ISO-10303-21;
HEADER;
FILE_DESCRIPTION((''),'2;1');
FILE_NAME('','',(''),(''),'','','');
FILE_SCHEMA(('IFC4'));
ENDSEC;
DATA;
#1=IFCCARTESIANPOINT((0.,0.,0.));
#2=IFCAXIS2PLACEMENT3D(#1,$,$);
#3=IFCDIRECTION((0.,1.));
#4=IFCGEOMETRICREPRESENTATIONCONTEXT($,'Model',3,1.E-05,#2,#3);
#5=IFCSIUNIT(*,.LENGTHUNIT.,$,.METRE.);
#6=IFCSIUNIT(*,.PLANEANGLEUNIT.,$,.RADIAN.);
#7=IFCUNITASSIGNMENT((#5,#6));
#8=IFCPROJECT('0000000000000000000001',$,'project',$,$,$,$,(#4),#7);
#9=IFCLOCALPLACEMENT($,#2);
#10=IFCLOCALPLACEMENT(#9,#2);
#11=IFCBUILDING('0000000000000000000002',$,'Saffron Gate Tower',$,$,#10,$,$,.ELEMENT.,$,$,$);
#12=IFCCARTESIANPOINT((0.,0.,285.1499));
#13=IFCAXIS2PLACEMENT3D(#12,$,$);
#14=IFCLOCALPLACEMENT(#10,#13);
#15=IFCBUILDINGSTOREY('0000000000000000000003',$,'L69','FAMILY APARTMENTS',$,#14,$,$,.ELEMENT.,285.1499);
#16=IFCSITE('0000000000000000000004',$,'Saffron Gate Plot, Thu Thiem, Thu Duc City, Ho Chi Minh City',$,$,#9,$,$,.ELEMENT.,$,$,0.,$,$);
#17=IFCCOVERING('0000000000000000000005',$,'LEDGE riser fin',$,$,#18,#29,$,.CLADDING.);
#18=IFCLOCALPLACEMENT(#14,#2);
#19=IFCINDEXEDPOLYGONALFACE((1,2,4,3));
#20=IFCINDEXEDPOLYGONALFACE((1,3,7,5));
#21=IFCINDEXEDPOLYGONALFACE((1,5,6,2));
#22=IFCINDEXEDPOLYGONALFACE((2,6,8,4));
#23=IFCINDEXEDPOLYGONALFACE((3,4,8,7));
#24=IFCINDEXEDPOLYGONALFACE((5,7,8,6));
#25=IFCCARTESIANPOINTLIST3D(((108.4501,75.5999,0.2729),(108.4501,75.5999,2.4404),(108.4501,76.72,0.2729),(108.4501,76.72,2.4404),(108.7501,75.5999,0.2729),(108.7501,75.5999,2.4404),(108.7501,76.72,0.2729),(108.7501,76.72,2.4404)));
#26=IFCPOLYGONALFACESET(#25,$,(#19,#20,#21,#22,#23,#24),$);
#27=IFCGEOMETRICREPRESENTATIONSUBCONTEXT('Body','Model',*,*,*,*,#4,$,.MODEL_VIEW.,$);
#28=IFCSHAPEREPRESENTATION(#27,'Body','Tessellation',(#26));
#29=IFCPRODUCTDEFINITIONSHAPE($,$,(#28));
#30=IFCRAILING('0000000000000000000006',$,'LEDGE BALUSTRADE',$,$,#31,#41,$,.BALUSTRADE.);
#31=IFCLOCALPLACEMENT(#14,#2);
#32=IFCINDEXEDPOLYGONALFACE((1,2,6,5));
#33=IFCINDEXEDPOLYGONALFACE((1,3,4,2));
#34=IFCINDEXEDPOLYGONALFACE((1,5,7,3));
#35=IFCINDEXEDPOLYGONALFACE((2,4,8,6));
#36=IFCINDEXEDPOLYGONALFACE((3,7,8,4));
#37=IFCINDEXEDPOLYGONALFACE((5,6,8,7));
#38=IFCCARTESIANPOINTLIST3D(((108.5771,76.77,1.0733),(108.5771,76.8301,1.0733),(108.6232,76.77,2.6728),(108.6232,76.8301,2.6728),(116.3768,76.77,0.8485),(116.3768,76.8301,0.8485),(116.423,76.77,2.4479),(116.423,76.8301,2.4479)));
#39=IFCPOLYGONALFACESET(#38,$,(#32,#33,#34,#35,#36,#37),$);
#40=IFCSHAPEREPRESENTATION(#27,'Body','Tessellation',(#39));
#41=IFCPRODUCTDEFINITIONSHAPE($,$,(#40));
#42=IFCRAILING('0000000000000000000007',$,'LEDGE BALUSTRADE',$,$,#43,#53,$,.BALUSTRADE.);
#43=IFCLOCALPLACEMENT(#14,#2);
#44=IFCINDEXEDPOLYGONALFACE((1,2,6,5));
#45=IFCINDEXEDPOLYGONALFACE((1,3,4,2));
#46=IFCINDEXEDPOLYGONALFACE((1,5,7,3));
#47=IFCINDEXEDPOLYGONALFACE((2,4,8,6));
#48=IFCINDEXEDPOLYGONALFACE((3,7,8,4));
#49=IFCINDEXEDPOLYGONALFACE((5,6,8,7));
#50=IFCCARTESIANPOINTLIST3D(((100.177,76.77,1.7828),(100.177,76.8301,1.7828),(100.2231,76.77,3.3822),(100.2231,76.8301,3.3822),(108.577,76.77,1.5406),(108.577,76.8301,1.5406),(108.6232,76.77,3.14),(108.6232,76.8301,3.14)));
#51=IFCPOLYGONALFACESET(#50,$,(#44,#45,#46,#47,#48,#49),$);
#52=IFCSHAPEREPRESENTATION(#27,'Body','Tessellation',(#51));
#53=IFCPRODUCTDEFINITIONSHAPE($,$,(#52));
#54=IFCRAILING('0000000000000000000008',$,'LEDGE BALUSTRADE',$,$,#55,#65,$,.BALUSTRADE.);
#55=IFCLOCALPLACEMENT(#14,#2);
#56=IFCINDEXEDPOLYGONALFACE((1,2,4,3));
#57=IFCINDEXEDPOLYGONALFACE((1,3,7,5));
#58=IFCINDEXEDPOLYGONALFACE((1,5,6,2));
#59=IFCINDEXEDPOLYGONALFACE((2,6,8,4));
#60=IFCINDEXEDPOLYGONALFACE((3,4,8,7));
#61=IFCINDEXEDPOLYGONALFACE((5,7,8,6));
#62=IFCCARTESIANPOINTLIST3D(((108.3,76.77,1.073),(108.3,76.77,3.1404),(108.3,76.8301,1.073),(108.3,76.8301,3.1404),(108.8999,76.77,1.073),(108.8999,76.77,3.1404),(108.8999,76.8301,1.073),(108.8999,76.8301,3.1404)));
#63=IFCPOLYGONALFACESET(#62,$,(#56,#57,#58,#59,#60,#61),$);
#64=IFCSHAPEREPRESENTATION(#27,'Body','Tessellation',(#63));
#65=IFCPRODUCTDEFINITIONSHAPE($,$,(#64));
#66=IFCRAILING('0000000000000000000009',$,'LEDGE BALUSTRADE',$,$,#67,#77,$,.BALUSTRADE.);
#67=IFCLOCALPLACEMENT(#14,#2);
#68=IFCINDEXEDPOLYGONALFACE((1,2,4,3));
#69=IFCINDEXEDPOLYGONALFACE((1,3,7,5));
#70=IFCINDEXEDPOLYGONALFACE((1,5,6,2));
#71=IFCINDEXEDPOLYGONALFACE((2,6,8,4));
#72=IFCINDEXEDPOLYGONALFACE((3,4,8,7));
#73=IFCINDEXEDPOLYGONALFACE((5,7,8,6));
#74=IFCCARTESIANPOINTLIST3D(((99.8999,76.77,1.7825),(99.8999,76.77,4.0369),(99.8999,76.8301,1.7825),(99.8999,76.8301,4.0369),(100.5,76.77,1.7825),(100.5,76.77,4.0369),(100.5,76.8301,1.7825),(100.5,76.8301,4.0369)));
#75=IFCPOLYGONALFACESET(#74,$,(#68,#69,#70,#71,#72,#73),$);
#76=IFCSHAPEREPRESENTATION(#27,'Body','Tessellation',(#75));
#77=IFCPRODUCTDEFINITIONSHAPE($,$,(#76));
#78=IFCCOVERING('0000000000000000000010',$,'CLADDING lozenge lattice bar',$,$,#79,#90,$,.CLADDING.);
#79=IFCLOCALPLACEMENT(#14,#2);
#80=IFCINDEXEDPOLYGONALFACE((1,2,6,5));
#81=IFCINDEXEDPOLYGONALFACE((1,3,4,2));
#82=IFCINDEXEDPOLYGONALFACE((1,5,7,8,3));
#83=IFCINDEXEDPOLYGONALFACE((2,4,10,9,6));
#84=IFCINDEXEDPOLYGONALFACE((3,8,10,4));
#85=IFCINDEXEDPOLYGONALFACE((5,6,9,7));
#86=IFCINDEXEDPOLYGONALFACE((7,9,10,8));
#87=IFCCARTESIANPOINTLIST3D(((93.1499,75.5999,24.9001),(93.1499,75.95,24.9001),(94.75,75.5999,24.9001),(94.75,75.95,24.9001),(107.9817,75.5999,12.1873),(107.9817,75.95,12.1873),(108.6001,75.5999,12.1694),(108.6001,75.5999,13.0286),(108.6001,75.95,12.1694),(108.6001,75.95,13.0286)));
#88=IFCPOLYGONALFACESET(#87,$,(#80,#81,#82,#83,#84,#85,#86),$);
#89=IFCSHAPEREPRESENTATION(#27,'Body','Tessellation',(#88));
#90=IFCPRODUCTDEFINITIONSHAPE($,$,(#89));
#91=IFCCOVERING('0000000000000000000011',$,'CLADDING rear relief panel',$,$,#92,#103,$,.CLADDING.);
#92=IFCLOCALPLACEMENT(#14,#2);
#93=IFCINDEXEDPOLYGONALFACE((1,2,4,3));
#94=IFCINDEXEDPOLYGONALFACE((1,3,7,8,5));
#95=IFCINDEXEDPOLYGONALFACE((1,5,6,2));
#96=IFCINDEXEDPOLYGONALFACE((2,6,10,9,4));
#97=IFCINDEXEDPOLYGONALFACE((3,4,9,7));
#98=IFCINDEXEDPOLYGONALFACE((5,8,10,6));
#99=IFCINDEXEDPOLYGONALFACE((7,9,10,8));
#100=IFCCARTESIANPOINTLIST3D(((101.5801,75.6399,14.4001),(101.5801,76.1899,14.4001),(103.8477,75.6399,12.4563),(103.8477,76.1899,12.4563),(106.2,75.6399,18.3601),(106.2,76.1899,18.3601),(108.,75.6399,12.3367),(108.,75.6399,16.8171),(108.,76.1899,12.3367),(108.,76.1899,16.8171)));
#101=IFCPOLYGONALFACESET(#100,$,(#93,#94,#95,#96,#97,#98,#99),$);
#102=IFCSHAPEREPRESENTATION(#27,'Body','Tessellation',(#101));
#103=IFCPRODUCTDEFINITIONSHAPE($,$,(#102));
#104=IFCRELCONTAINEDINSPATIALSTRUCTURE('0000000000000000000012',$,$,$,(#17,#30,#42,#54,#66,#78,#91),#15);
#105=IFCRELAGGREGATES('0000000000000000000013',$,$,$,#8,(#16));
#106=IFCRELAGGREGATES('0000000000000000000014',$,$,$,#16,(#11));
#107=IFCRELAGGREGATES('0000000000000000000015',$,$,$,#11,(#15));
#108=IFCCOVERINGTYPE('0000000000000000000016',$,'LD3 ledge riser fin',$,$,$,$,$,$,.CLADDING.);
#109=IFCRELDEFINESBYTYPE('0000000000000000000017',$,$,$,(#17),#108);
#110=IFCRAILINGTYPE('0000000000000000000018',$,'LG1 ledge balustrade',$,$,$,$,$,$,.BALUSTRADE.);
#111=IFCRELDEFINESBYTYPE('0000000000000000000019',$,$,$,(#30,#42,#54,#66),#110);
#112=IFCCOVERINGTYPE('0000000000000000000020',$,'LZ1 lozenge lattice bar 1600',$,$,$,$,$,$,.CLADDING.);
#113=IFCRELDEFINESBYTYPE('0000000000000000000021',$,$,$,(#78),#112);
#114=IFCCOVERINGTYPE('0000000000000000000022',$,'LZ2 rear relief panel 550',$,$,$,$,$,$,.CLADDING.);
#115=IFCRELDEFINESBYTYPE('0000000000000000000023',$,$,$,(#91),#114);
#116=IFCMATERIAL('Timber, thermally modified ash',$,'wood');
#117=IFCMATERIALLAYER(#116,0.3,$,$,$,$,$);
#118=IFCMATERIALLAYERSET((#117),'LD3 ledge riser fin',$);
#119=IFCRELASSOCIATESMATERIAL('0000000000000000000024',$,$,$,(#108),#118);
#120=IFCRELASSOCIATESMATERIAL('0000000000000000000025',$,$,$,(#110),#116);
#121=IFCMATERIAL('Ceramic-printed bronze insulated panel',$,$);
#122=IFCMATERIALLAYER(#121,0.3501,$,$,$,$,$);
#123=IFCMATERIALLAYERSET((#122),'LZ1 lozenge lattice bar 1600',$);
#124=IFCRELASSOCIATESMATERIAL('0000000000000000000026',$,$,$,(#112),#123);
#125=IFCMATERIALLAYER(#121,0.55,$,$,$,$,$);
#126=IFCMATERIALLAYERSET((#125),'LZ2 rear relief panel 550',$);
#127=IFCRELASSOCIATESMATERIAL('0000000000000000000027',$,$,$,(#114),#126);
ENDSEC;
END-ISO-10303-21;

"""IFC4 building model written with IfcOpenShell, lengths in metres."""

from ifc_helpers import new_model, si_unit, direction, frame, origin, origin_2d, place, context, subcontext, project, spatial, polyline, rectangle, outline, extrude, material, layer, layer_set, type_object, element, save


model = new_model("IFC4")

# Units and contexts
model_context = context("Model", 3, precision=1e-05, world=origin(), true_north=direction((0.0, 1.0)))
body_context = subcontext(model_context, "Body", "Model", "MODEL_VIEW")
ifc_project = project(units=[si_unit("LENGTHUNIT", "METRE"), si_unit("PLANEANGLEUNIT", "RADIAN")], contexts=[model_context])

# Site, building, storey
site_placement = place(None, origin())
site = spatial("IfcSite", under=ifc_project, at=site_placement, Name="Saffron Gate Plot, Thu Thiem, Thu Duc City, Ho Chi Minh City", CompositionType="ELEMENT", RefElevation=0.0)
building_placement = place(site_placement, origin())
building = spatial("IfcBuilding", under=site, at=building_placement, Name="Saffron Gate Tower", CompositionType="ELEMENT")
storey_placement = place(building_placement, frame((0.0, 0.0, 285.1499)))
storey = spatial("IfcBuildingStorey", under=building, at=storey_placement, Name="L69", Description="FAMILY APARTMENTS", CompositionType="ELEMENT", Elevation=285.1499)

# Covering
ifc_material_1 = material(Name="Timber, thermally modified ash", Category="wood")
ifc_layer_1 = layer(ifc_material_1, 0.3)
ifc_layer_set_1 = layer_set([ifc_layer_1], Name="LD3 ledge riser fin")
covering_type_1 = type_object("IfcCoveringType", Name="LD3 ledge riser fin", PredefinedType="CLADDING", material=ifc_layer_set_1)
covering_1_placement = place(storey_placement, frame((108.6001, 76.1599, 0.2729), z_axis=(0.0, 0.0, 1.0), x_axis=(-1.0, 0.0, 0.0)))
element("IfcCovering", 1, at=covering_1_placement, inside=storey, type_object=covering_type_1, Name="LEDGE riser fin", PredefinedType="CLADDING", context=body_context, shape_type="SweptSolid", body=[
    extrude(rectangle(XDim=0.3, YDim=1.1201, at=origin_2d()), origin(), (0.0, 0.0, 1.0), 2.1675),
])

# Railings
railing_type_1 = type_object("IfcRailingType", Name="LG1 ledge balustrade", PredefinedType="BALUSTRADE", material=ifc_material_1)
railing_1_placement = place(storey_placement, frame((116.3999, 76.8, 0.8481)))
element("IfcRailing", 2, at=railing_1_placement, inside=storey, type_object=railing_type_1, Name="LEDGE BALUSTRADE", PredefinedType="BALUSTRADE", context=body_context, shape_type="SweptSolid", body=[
    extrude(rectangle(XDim=0.0601, YDim=1.6001, at=origin_2d()), frame((0.0, 0.0, 0.8), z_axis=(-0.999585, 0.0, 0.028816), x_axis=(0.0, -1.0, 0.0)), (0.0, 0.0, 1.0), 7.803),
])
railing_2_placement = place(storey_placement, frame((108.6001, 76.8, 1.5403)))
element("IfcRailing", 3, at=railing_2_placement, inside=storey, type_object=railing_type_1, Name="LEDGE BALUSTRADE", PredefinedType="BALUSTRADE", context=body_context, shape_type="SweptSolid", body=[
    extrude(rectangle(XDim=0.0601, YDim=1.6001, at=origin_2d()), frame((0.0, 0.0, 0.8), z_axis=(-0.999585, 0.0, 0.028819), x_axis=(0.0, -1.0, 0.0)), (0.0, 0.0, 1.0), 8.4036),
])
railing_3_placement = place(storey_placement, frame((108.8999, 76.8, 1.073)))
element("IfcRailing", 4, at=railing_3_placement, inside=storey, type_object=railing_type_1, Name="LEDGE BALUSTRADE", PredefinedType="BALUSTRADE", context=body_context, shape_type="SweptSolid", body=[
    extrude(rectangle(XDim=0.0601, YDim=2.0674, at=origin_2d()), frame((0.0, 0.0, 1.0337), z_axis=(-1.0, 0.0, 0.0), x_axis=(0.0, -1.0, 0.0)), (0.0, 0.0, 1.0), 0.5999),
])
railing_4_placement = place(storey_placement, frame((100.5, 76.8, 1.7825)))
element("IfcRailing", 5, at=railing_4_placement, inside=storey, type_object=railing_type_1, Name="LEDGE BALUSTRADE", PredefinedType="BALUSTRADE", context=body_context, shape_type="SweptSolid", body=[
    extrude(rectangle(XDim=0.0601, YDim=2.2544, at=origin_2d()), frame((0.0, 0.0, 1.1272), z_axis=(-1.0, 0.0, 0.0), x_axis=(0.0, -1.0, 0.0)), (0.0, 0.0, 1.0), 0.6001),
])

# Coverings
ifc_material_2 = material(Name="Ceramic-printed bronze insulated panel")
ifc_layer_2 = layer(ifc_material_2, 0.3501)
ifc_layer_set_2 = layer_set([ifc_layer_2], Name="LZ1 lozenge lattice bar 1600")
covering_type_2 = type_object("IfcCoveringType", Name="LZ1 lozenge lattice bar 1600", PredefinedType="CLADDING", material=ifc_layer_set_2)
covering_2_placement = place(storey_placement, frame((108.6001, 75.95, 13.0286), z_axis=(0.0, 1.0, 0.0), x_axis=(0.0, 0.0, -1.0)))
element("IfcCovering", 6, at=covering_2_placement, inside=storey, type_object=covering_type_2, Name="CLADDING lozenge lattice bar", PredefinedType="CLADDING", context=body_context, shape_type="SweptSolid", body=[
    extrude(outline(polyline([(0.0, 0.0), (0.8591, 0.0), (0.8413, 0.6184), (-11.8716, 15.4502), (-11.8716, 13.8501), (0.0, 0.0)])), origin(), (0.0, 0.0, -1.0), 0.3501),
])
ifc_layer_3 = layer(ifc_material_2, 0.55)
ifc_layer_set_3 = layer_set([ifc_layer_3], Name="LZ2 rear relief panel 550")
covering_type_3 = type_object("IfcCoveringType", Name="LZ2 rear relief panel 550", PredefinedType="CLADDING", material=ifc_layer_set_3)
covering_3_placement = place(storey_placement, frame((106.2, 76.1899, 18.3601), z_axis=(0.0, 1.0, 0.0), x_axis=(0.759242, 0.0, -0.650808)))
element("IfcCovering", 7, at=covering_3_placement, inside=storey, type_object=covering_type_3, Name="CLADDING rear relief panel", PredefinedType="CLADDING", context=body_context, shape_type="SweptSolid", body=[
    extrude(outline(polyline([(0.0, 0.0), (2.3708, 0.0), (5.2868, 3.4018), (2.0563, 6.0133), (-0.9304, 6.0132), (0.0, 0.0)])), origin(), (0.0, 0.0, -1.0), 0.55),
])

save(model, "model.ifc")
